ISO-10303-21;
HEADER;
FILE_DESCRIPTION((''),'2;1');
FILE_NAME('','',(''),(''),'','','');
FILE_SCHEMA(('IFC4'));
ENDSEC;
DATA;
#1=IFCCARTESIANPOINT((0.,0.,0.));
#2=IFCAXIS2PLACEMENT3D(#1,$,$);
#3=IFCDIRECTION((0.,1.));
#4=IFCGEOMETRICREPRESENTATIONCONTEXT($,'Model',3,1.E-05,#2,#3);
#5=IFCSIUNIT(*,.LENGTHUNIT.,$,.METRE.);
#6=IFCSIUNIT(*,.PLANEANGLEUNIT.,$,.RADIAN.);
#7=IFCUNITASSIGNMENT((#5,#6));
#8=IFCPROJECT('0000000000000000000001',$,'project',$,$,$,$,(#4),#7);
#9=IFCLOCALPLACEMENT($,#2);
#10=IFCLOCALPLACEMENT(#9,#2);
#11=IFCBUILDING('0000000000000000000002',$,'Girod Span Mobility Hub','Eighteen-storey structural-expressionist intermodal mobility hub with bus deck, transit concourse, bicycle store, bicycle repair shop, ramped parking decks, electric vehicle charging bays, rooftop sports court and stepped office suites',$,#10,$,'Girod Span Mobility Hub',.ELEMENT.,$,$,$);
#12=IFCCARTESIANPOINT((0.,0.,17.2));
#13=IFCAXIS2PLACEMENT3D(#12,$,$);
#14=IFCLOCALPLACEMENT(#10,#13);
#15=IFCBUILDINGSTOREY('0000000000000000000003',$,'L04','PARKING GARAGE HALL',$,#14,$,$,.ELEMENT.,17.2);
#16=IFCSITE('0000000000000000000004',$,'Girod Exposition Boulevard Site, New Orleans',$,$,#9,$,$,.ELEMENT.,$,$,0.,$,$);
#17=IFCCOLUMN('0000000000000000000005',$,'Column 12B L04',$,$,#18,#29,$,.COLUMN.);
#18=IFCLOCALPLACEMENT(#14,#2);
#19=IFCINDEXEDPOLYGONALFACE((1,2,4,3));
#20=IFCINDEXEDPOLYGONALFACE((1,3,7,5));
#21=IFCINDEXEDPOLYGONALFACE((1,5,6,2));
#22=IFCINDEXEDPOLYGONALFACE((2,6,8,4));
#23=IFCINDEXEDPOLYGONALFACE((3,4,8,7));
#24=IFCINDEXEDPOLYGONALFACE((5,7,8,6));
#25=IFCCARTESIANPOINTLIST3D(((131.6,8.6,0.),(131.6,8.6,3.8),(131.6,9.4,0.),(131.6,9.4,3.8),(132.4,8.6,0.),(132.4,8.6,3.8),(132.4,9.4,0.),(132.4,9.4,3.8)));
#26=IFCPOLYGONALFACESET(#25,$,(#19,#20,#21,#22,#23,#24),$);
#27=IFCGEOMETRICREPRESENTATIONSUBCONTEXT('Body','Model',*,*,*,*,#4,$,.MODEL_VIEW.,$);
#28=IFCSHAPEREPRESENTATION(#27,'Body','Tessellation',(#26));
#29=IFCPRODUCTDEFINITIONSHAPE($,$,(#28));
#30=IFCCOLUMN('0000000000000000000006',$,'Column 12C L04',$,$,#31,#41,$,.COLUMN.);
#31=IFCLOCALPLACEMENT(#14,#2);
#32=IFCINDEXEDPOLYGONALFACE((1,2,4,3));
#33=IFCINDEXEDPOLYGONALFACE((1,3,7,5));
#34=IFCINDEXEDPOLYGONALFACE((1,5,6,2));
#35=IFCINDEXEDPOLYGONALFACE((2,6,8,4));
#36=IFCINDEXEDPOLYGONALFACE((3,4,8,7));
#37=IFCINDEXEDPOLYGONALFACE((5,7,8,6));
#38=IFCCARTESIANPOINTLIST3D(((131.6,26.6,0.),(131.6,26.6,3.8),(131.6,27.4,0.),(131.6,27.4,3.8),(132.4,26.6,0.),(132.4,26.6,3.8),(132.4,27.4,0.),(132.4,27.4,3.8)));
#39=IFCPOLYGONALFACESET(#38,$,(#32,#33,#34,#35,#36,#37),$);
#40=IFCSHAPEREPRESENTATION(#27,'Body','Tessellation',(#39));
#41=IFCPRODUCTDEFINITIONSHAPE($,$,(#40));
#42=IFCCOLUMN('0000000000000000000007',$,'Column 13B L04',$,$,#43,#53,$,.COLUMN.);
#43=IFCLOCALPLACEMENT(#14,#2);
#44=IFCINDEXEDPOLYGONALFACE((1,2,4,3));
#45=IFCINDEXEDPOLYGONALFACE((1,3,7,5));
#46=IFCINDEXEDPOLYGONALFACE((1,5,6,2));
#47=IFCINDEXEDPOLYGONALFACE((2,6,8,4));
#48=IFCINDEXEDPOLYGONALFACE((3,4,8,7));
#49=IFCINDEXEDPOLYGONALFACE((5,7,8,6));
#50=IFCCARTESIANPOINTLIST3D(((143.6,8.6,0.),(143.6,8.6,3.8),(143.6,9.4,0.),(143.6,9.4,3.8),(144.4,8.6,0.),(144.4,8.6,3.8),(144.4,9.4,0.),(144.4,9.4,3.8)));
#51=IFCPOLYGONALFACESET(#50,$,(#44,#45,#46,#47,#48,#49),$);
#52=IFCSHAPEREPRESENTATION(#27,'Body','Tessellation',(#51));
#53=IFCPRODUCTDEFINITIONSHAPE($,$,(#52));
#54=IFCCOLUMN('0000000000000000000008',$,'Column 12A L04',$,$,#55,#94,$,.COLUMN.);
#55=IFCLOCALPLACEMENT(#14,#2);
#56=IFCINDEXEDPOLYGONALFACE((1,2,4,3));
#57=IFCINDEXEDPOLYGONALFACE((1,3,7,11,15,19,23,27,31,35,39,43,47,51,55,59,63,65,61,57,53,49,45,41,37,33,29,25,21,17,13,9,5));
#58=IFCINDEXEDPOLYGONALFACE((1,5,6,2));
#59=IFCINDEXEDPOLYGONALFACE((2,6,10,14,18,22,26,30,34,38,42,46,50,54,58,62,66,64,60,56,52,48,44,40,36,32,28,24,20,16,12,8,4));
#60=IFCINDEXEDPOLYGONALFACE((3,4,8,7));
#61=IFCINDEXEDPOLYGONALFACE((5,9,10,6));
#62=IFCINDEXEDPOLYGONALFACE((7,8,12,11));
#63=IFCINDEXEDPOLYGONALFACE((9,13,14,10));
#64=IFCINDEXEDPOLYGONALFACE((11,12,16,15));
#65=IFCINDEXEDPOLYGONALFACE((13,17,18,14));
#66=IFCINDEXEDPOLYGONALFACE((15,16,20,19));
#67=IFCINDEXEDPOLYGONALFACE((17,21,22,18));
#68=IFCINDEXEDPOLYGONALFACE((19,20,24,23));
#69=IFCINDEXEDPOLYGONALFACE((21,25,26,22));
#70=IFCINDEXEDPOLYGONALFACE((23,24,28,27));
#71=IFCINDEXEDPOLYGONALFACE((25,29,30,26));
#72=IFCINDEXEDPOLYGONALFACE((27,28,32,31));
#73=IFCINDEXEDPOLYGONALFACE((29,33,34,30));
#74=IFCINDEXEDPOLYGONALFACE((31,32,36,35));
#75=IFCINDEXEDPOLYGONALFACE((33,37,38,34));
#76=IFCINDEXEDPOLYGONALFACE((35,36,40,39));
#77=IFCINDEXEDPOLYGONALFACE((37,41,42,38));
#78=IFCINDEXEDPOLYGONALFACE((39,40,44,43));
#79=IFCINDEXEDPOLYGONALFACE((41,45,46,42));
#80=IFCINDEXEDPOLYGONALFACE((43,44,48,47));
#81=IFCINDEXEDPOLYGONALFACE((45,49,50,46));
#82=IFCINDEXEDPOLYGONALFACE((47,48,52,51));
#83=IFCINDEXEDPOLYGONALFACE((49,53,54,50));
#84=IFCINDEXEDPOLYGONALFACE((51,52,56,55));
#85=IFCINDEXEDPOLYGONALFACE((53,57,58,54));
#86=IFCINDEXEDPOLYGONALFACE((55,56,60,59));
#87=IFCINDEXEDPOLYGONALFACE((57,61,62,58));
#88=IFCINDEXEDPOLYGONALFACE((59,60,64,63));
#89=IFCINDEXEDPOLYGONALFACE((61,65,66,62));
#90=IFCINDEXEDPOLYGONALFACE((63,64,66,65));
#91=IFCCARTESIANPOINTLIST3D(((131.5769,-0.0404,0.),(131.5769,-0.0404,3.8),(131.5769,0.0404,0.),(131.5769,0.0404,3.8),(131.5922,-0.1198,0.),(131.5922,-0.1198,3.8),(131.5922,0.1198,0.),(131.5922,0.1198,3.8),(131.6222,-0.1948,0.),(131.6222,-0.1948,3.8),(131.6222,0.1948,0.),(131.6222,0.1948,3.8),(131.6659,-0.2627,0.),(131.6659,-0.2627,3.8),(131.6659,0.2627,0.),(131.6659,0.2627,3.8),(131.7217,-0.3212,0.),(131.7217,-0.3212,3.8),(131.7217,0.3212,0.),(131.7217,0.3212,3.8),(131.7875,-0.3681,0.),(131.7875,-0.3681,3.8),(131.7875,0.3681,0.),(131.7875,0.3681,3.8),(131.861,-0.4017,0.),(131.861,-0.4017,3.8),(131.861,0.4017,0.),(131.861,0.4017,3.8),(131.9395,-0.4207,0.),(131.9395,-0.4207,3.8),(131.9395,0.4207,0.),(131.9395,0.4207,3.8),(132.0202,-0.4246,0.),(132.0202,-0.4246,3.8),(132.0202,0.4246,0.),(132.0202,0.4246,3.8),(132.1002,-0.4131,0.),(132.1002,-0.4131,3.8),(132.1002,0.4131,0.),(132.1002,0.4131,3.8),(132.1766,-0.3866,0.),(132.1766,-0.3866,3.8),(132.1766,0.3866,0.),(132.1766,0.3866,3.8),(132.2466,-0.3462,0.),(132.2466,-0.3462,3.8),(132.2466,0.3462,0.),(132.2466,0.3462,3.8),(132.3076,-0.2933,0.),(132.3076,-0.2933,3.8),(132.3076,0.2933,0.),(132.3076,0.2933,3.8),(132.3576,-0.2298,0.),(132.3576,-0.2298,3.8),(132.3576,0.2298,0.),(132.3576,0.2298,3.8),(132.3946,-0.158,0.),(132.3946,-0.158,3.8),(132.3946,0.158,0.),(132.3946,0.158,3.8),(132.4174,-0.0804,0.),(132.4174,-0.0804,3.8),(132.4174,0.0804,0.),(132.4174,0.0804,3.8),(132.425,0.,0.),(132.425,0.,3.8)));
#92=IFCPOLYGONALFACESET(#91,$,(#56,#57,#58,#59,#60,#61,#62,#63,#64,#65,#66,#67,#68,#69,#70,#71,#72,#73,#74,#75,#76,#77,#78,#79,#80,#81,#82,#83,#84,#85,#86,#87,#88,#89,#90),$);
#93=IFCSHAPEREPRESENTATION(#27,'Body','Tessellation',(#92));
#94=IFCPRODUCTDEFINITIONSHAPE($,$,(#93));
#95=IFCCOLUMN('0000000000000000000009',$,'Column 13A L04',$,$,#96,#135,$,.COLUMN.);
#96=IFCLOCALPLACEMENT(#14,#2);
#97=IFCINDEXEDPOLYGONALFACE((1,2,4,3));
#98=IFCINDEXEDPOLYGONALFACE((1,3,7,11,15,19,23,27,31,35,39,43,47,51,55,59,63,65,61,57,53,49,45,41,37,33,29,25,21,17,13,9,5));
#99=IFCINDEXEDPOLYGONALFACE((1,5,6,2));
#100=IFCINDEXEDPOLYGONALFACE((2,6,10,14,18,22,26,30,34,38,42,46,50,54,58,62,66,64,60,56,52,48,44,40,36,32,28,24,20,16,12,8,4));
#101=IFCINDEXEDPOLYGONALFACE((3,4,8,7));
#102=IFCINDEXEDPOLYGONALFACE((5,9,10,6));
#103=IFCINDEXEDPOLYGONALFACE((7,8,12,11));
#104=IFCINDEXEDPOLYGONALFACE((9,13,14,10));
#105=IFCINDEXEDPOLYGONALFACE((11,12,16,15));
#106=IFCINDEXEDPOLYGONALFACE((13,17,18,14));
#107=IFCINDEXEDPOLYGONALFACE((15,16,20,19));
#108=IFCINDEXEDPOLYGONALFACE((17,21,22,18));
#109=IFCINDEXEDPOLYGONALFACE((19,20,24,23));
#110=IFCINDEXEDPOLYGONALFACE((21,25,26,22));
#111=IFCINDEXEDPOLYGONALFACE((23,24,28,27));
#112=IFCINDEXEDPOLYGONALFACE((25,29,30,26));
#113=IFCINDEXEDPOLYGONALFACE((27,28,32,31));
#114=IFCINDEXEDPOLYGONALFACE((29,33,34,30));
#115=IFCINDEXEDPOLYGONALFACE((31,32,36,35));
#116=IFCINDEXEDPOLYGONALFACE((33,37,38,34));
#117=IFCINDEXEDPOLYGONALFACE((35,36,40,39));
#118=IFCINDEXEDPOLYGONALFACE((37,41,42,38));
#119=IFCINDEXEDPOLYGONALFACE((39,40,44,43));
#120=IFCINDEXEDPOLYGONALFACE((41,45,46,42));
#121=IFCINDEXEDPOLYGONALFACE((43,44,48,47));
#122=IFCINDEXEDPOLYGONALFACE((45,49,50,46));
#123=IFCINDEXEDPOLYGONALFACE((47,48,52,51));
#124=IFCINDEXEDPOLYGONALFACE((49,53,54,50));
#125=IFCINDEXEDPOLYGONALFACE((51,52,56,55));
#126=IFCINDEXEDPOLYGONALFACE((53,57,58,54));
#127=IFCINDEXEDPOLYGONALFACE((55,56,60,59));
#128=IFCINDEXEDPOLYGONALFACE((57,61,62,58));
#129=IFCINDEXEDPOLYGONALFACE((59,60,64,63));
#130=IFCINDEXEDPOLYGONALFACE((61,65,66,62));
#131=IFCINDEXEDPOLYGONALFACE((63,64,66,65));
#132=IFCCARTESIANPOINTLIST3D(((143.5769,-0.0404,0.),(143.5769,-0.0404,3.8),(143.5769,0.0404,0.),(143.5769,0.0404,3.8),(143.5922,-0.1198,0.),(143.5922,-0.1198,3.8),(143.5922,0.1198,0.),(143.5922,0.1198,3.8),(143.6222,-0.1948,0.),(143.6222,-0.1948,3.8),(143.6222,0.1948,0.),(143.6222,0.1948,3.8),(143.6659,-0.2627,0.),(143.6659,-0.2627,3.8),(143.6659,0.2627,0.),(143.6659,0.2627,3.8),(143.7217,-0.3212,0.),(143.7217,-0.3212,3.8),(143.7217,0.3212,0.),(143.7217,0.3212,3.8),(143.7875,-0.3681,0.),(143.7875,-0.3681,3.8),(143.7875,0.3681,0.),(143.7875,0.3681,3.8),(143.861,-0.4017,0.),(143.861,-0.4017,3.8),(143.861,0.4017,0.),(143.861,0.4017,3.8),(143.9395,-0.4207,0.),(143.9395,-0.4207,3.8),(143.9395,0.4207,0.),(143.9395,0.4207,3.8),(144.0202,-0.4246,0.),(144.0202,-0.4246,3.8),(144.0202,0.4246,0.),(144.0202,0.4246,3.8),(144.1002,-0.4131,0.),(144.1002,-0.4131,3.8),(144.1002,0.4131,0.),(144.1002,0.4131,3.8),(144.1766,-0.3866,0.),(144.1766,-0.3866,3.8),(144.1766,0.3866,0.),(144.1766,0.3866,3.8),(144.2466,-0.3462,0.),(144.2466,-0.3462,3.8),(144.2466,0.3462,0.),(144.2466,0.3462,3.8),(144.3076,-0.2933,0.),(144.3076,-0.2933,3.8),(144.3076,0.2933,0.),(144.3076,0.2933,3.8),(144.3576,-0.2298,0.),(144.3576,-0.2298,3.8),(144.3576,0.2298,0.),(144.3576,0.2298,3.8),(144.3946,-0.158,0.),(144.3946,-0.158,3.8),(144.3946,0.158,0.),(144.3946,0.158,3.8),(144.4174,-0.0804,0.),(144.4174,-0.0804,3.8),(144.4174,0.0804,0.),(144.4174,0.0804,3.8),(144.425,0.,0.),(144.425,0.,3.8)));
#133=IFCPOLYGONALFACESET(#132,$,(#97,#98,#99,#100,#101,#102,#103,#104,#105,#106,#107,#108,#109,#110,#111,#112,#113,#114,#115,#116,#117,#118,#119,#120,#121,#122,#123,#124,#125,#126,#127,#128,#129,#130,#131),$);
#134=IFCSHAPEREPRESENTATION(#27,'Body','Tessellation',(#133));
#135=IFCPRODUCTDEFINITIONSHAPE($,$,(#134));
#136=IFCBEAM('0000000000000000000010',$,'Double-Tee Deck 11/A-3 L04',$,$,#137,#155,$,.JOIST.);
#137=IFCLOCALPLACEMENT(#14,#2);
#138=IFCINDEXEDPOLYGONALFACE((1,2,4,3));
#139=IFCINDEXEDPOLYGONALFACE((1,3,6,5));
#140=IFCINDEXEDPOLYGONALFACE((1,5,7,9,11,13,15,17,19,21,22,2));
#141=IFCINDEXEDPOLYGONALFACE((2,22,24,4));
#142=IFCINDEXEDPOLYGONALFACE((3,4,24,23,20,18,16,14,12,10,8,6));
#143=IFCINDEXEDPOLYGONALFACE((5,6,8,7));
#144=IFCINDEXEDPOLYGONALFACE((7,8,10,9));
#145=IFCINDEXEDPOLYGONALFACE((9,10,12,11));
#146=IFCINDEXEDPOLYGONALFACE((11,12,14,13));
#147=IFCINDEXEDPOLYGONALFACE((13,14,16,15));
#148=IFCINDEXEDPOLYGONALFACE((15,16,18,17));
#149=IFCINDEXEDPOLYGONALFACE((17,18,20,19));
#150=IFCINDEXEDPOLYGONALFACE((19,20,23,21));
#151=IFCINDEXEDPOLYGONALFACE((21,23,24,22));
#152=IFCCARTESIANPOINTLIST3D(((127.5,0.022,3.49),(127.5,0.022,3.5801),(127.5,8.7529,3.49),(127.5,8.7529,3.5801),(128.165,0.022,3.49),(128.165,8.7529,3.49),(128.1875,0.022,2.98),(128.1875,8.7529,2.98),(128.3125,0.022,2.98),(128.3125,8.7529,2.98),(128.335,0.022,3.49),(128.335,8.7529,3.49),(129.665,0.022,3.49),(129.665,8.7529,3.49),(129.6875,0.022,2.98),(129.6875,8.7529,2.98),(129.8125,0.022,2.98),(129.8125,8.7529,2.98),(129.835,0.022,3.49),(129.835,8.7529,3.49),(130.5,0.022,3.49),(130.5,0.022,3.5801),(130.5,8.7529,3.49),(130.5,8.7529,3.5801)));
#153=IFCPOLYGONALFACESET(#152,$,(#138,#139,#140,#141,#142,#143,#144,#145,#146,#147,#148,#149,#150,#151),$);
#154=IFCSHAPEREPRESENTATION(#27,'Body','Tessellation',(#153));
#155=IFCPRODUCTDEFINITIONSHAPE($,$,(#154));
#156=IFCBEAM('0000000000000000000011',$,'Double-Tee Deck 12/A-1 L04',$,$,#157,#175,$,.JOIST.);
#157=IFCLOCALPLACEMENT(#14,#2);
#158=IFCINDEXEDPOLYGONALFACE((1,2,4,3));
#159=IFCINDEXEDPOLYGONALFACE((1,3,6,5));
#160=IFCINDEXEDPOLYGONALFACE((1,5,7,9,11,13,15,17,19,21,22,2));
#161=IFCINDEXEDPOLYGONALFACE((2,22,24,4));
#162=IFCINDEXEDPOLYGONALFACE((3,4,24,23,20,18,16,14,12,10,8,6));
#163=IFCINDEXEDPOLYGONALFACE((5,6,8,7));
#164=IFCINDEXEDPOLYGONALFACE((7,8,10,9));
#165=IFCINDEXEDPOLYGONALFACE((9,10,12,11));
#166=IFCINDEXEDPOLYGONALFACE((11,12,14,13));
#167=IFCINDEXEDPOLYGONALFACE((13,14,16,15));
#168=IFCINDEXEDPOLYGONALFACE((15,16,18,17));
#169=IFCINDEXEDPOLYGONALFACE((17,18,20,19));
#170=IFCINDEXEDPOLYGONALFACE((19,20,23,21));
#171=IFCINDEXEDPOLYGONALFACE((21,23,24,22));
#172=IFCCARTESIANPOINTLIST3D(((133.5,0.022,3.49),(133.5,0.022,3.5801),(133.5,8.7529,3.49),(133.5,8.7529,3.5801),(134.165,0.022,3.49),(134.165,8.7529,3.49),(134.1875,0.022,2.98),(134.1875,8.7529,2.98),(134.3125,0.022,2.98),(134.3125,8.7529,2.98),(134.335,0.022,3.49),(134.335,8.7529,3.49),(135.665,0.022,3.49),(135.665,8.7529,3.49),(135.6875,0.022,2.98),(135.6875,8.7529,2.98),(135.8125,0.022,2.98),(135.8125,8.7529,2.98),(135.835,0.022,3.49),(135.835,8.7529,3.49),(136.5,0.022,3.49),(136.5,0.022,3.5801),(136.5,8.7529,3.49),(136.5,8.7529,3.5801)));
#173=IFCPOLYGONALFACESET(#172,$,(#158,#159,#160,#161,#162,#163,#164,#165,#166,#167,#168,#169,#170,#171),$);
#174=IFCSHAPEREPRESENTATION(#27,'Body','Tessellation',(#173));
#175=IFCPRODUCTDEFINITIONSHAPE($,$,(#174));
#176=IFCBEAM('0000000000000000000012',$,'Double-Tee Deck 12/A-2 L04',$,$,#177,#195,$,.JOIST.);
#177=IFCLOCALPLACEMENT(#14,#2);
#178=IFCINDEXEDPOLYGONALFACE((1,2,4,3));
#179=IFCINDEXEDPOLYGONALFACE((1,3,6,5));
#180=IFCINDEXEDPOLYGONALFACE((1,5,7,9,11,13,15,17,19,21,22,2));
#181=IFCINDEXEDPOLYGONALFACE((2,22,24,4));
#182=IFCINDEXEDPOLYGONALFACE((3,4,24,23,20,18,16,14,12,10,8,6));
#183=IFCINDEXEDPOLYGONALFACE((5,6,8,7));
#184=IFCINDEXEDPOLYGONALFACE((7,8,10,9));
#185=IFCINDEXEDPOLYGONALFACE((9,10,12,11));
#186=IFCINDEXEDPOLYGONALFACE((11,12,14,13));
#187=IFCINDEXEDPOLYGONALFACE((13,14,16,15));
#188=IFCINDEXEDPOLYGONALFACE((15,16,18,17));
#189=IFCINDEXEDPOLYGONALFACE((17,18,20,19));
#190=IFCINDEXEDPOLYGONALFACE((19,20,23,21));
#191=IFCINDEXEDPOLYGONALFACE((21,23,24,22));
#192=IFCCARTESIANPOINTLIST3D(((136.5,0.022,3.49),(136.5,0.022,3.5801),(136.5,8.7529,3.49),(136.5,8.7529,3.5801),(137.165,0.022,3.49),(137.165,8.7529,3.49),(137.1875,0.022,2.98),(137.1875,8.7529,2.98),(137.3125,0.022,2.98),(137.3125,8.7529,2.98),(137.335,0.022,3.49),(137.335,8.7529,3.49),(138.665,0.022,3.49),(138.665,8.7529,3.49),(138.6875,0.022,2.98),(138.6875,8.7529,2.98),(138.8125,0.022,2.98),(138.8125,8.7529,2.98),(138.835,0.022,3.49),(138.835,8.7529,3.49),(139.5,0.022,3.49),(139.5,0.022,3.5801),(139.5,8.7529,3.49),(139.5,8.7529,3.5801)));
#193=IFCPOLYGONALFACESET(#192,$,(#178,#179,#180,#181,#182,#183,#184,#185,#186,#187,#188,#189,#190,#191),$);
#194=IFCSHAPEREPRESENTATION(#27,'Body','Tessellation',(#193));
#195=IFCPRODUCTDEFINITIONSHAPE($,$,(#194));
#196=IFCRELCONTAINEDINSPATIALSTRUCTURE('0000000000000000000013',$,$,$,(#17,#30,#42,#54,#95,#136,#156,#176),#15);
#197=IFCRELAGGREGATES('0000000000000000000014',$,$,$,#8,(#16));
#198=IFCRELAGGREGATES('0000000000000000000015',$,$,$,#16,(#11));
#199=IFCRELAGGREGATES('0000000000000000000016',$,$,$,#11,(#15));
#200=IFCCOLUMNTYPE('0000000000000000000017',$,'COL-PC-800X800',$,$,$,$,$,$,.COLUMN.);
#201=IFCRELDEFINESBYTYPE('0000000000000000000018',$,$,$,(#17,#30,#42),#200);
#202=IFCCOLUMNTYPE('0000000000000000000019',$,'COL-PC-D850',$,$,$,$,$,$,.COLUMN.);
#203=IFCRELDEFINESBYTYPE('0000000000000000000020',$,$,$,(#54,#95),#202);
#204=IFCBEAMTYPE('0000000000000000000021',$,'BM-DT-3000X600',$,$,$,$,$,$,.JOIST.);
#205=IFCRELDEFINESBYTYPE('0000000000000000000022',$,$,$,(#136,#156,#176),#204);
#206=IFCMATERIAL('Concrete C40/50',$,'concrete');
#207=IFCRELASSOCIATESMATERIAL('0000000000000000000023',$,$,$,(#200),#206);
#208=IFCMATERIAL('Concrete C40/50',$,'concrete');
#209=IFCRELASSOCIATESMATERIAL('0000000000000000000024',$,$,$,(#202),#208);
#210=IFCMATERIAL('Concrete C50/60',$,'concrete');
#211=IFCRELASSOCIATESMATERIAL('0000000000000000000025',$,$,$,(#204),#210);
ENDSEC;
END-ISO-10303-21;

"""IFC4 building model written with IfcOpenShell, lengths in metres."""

from ifc_helpers import new_model, si_unit, direction, frame, origin, origin_2d, place, context, subcontext, project, spatial, polyline, rectangle, circle, outline, extrude, material, material_profile, profile_set, type_object, element, save


model = new_model("IFC4")

# Units and contexts
model_context = context("Model", 3, precision=1e-05, world=origin(), true_north=direction((0.0, 1.0)))
body_context = subcontext(model_context, "Body", "Model", "MODEL_VIEW")
ifc_project = project(units=[si_unit("LENGTHUNIT", "METRE"), si_unit("PLANEANGLEUNIT", "RADIAN")], contexts=[model_context])

# Site, building, storey
site_placement = place(None, origin())
site = spatial("IfcSite", under=ifc_project, at=site_placement, Name="Girod Exposition Boulevard Site, New Orleans", CompositionType="ELEMENT", RefElevation=0.0)
building_placement = place(site_placement, origin())
building = spatial("IfcBuilding", under=site, at=building_placement, Name="Girod Span Mobility Hub", Description="Eighteen-storey structural-expressionist intermodal mobility hub with bus deck, transit concourse, bicycle store, bicycle repair shop, ramped parking decks, electric vehicle charging bays, rooftop sports court and stepped office suites", LongName="Girod Span Mobility Hub", CompositionType="ELEMENT")
storey_placement = place(building_placement, frame((0.0, 0.0, 17.2)))
storey = spatial("IfcBuildingStorey", under=building, at=storey_placement, Name="L04", Description="PARKING GARAGE HALL", CompositionType="ELEMENT", Elevation=17.2)

# Columns
ifc_material_1 = material(Name="Concrete C40/50", Category="concrete")
ifc_material_profile_1 = material_profile(ifc_material_1, rectangle(XDim=0.8, YDim=0.8, at=origin_2d()), Name="PC-COL-800X800")
ifc_profile_set_1 = profile_set([ifc_material_profile_1], Name="Concrete C40/50")
column_type_1 = type_object("IfcColumnType", Name="COL-PC-800X800", PredefinedType="COLUMN", material=ifc_profile_set_1)
for number, where, z_axis, x_axis, name in (
    (1, (132.0, 9.0, 0.0), (0.0, 0.0, 1.0), (1.0, 0.0, 0.0), "Column 12B L04"),
    (2, (132.0, 27.0, 0.0), (0.0, 0.0, 1.0), (1.0, 0.0, 0.0), "Column 12C L04"),
    (3, (144.0, 9.0, 0.0), (0.0, 0.0, 1.0), (1.0, 0.0, 0.0), "Column 13B L04"),
):
    element("IfcColumn", number, at=place(storey_placement, frame(where, z_axis=z_axis, x_axis=x_axis)), inside=storey, type_object=column_type_1, Name=name, PredefinedType="COLUMN", context=body_context, shape_type="SweptSolid", body=[
        extrude(rectangle(XDim=0.8, YDim=0.8, at=origin_2d()), origin(), (0.0, 0.0, 1.0), 3.8),
    ])
ifc_material_2 = material(Name="Concrete C40/50", Category="concrete")
ifc_material_profile_2 = material_profile(ifc_material_2, circle(Radius=0.425, at=origin_2d()), Name="PC-CIR-D850")
ifc_profile_set_2 = profile_set([ifc_material_profile_2], Name="Concrete C40/50")
column_type_2 = type_object("IfcColumnType", Name="COL-PC-D850", PredefinedType="COLUMN", material=ifc_profile_set_2)
for number, where, z_axis, x_axis, name in (
    (4, (132.0, 0.0, 0.0), (0.0, 0.0, 1.0), (1.0, 0.0, 0.0), "Column 12A L04"),
    (5, (144.0, 0.0, 0.0), (0.0, 0.0, 1.0), (1.0, 0.0, 0.0), "Column 13A L04"),
):
    element("IfcColumn", number, at=place(storey_placement, frame(where, z_axis=z_axis, x_axis=x_axis)), inside=storey, type_object=column_type_2, Name=name, PredefinedType="COLUMN", context=body_context, shape_type="SweptSolid", body=[
        extrude(circle(Radius=0.425, at=origin_2d()), origin(), (0.0, 0.0, 1.0), 3.8),
    ])

# Beams
ifc_material_3 = material(Name="Concrete C50/60", Category="concrete")
ifc_material_profile_3 = material_profile(ifc_material_3, outline(polyline([(-1.5, 0.3), (-1.5, 0.21), (-0.835, 0.21), (-0.8125, -0.3), (-0.6875, -0.3), (-0.665, 0.21), (0.665, 0.21), (0.6875, -0.3), (0.8125, -0.3), (0.835, 0.21), (1.5, 0.21), (1.5, 0.3), (-1.5, 0.3)])), Name="DT-3000X600")
ifc_profile_set_3 = profile_set([ifc_material_profile_3], Name="Concrete C50/60")
beam_type_1 = type_object("IfcBeamType", Name="BM-DT-3000X600", PredefinedType="JOIST", material=ifc_profile_set_3)
for number, where, z_axis, x_axis, name in (
    (6, (129.0, 0.022, 3.28), (0.0, 1.0, 0.0), (-1.0, 0.0, 0.0), "Double-Tee Deck 11/A-3 L04"),
    (7, (135.0, 0.022, 3.28), (0.0, 1.0, 0.0), (-1.0, 0.0, 0.0), "Double-Tee Deck 12/A-1 L04"),
    (8, (138.0, 0.022, 3.28), (0.0, 1.0, 0.0), (-1.0, 0.0, 0.0), "Double-Tee Deck 12/A-2 L04"),
):
    element("IfcBeam", number, at=place(storey_placement, frame(where, z_axis=z_axis, x_axis=x_axis)), inside=storey, type_object=beam_type_1, Name=name, PredefinedType="JOIST", context=body_context, shape_type="SweptSolid", body=[
        extrude(outline(polyline([(-1.5, 0.3), (-1.5, 0.21), (-0.835, 0.21), (-0.8125, -0.3), (-0.6875, -0.3), (-0.665, 0.21), (0.665, 0.21), (0.6875, -0.3), (0.8125, -0.3), (0.835, 0.21), (1.5, 0.21), (1.5, 0.3), (-1.5, 0.3)])), origin(), (0.0, 0.0, 1.0), 8.731),
    ])

save(model, "model.ifc")
